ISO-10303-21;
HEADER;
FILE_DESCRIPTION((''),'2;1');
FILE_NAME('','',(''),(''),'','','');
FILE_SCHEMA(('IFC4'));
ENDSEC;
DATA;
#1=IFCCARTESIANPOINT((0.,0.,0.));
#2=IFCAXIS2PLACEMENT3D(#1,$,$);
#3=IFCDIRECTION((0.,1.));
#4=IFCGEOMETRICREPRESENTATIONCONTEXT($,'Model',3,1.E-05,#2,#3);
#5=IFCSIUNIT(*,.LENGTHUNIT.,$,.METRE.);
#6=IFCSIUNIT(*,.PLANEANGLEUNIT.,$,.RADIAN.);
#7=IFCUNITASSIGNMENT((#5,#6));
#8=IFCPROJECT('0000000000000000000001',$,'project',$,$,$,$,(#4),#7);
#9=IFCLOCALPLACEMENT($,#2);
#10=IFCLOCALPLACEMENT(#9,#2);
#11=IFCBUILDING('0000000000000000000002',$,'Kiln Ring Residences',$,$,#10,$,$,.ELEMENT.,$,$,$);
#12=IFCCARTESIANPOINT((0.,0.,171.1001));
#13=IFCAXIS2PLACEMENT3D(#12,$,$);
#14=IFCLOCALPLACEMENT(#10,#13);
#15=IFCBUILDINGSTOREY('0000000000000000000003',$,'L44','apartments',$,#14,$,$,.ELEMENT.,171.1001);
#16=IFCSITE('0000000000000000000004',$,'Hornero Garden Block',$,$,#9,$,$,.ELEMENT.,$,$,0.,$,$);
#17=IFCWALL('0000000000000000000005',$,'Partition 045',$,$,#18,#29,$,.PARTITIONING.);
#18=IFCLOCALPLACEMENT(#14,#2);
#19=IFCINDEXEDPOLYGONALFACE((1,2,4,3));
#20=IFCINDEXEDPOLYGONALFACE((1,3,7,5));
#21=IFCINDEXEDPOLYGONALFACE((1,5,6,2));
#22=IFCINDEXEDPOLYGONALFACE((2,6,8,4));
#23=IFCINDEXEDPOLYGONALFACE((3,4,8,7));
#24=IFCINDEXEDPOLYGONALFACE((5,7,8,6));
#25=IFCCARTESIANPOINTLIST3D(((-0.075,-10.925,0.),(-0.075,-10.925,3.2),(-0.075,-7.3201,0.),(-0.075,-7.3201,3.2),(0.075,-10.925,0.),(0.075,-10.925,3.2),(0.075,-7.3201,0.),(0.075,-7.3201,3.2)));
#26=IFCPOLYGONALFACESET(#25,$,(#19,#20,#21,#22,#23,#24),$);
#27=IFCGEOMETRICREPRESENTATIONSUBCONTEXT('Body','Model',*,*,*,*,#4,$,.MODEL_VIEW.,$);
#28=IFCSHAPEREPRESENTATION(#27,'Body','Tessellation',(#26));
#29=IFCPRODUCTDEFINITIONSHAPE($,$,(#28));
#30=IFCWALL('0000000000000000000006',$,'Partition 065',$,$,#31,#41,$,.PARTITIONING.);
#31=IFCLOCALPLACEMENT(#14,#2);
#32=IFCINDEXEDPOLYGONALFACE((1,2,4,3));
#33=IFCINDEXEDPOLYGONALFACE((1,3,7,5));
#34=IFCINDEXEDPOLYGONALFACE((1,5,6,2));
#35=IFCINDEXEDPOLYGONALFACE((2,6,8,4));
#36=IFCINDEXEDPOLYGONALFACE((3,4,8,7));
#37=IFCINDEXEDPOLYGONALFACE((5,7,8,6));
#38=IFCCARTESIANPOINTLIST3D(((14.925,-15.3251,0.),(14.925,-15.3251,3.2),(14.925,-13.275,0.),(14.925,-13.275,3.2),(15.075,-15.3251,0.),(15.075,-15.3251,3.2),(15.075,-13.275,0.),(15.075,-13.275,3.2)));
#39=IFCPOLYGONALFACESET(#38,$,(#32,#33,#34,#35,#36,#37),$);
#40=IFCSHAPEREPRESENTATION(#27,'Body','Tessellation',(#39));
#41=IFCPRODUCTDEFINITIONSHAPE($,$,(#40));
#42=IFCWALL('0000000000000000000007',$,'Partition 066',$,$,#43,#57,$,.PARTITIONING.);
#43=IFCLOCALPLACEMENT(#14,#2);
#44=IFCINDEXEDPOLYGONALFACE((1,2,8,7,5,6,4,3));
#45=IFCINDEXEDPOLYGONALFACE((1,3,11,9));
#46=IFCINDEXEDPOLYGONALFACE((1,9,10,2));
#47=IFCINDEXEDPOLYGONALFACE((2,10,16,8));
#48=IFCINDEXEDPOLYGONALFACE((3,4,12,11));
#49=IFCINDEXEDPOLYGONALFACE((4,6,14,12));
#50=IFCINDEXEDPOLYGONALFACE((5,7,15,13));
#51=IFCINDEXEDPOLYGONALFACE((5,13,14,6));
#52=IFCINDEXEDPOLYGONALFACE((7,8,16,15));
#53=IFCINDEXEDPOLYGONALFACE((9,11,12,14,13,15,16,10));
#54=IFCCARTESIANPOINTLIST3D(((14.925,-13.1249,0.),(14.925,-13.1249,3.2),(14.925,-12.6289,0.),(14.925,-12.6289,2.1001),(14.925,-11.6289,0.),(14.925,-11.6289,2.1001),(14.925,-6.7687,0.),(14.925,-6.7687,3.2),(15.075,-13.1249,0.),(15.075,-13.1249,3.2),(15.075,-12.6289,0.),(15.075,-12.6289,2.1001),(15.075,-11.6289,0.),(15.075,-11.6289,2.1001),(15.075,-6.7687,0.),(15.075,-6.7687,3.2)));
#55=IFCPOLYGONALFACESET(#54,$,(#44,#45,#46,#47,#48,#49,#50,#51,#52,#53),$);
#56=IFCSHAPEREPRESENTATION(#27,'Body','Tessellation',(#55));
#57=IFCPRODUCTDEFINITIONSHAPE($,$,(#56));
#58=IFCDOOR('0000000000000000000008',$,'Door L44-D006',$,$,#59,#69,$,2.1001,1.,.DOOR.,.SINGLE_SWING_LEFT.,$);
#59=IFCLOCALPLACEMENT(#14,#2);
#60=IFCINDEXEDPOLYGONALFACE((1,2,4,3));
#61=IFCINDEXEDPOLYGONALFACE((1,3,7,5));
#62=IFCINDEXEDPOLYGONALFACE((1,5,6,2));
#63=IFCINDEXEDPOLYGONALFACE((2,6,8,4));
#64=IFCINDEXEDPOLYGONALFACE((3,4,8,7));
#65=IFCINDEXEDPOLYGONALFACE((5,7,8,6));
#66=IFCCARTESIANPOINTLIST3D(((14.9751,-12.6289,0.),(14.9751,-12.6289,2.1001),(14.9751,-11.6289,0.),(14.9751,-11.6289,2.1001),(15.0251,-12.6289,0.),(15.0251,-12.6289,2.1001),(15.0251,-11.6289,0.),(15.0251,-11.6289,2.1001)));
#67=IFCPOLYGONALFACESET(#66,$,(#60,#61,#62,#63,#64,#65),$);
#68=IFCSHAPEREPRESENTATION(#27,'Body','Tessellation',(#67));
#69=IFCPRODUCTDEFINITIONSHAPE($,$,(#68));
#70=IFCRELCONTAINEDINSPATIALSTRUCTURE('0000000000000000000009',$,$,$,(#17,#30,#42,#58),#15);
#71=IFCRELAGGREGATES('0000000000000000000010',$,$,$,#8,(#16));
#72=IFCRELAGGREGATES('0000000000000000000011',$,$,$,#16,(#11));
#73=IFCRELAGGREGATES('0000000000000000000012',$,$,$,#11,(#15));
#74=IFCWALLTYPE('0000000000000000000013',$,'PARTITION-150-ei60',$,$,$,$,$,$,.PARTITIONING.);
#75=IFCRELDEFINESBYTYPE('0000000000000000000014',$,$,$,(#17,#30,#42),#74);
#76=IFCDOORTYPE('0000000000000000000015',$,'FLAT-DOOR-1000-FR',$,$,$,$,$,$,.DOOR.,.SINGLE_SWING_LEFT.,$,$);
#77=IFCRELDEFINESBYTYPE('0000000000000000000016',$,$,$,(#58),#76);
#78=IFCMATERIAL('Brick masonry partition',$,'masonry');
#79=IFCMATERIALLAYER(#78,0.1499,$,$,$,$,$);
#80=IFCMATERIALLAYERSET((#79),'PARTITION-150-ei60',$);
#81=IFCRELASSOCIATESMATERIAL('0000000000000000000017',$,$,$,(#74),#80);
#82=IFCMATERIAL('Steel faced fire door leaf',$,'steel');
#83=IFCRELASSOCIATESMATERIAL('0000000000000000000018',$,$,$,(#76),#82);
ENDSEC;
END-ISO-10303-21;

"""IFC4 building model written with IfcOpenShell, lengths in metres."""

from ifc_helpers import new_model, si_unit, direction, frame, frame_2d, origin, place, context, subcontext, project, spatial, rectangle, extrude, material, layer, layer_set, type_object, element, fill, save


model = new_model("IFC4")

# Units and contexts
model_context = context("Model", 3, precision=1e-05, world=origin(), true_north=direction((0.0, 1.0)))
body_context = subcontext(model_context, "Body", "Model", "MODEL_VIEW")
ifc_project = project(units=[si_unit("LENGTHUNIT", "METRE"), si_unit("PLANEANGLEUNIT", "RADIAN")], contexts=[model_context])

# Site, building, storey
site_placement = place(None, origin())
site = spatial("IfcSite", under=ifc_project, at=site_placement, Name="Hornero Garden Block", CompositionType="ELEMENT", RefElevation=0.0)
building_placement = place(site_placement, origin())
building = spatial("IfcBuilding", under=site, at=building_placement, Name="Kiln Ring Residences", CompositionType="ELEMENT")
storey_placement = place(building_placement, frame((0.0, 0.0, 171.1001)))
storey = spatial("IfcBuildingStorey", under=building, at=storey_placement, Name="L44", Description="apartments", CompositionType="ELEMENT", Elevation=171.1001)

# Shared definitions
ifc_material_1 = material(Name="Brick masonry partition", Category="masonry")
ifc_layer_1 = layer(ifc_material_1, 0.1499)
ifc_layer_set_1 = layer_set([ifc_layer_1], Name="PARTITION-150-ei60")
wall_type_1 = type_object("IfcWallType", Name="PARTITION-150-ei60", PredefinedType="PARTITIONING", material=ifc_layer_set_1)
ifc_material_2 = material(Name="Steel faced fire door leaf", Category="steel")
door_type_1 = type_object("IfcDoorType", Name="FLAT-DOOR-1000-FR", OperationType="SINGLE_SWING_LEFT", PredefinedType="DOOR", material=ifc_material_2)

# Walls
wall_1_placement = place(storey_placement, frame((0.0, -10.925, 0.0), z_axis=(0.0, 0.0, 1.0), x_axis=(0.0, 1.0, 0.0)))
element("IfcWall", 1, at=wall_1_placement, inside=storey, type_object=wall_type_1, Name="Partition 045", PredefinedType="PARTITIONING", context=body_context, shape_type="SweptSolid", body=[
    extrude(rectangle(XDim=3.605, YDim=0.1499, at=frame_2d((1.8025, 0.0))), origin(), (0.0, 0.0, 1.0), 3.2),
])
wall_2_placement = place(storey_placement, frame((15.0, -15.325, 0.0), z_axis=(0.0, 0.0, 1.0), x_axis=(0.0, 1.0, 0.0)))
element("IfcWall", 2, at=wall_2_placement, inside=storey, type_object=wall_type_1, Name="Partition 065", PredefinedType="PARTITIONING", context=body_context, shape_type="SweptSolid", body=[
    extrude(rectangle(XDim=2.05, YDim=0.1499, at=frame_2d((1.0249, 0.0))), origin(), (0.0, 0.0, 1.0), 3.2),
])

# Wall, opening, door
wall_3_placement = place(storey_placement, frame((15.0, -13.125, 0.0), z_axis=(0.0, 0.0, 1.0), x_axis=(0.0, 1.0, 0.0)))
wall_3 = element("IfcWall", 3, at=wall_3_placement, inside=storey, type_object=wall_type_1, Name="Partition 066", PredefinedType="PARTITIONING", context=body_context, shape_type="SweptSolid", body=[
    extrude(rectangle(XDim=6.3562, YDim=0.1499, at=frame_2d((3.1782, 0.0))), origin(), (0.0, 0.0, 1.0), 3.2),
])
opening_1_placement = place(wall_3_placement, frame((0.4961, 0.0, 0.0)))
opening_1 = element("IfcOpeningElement", 4, at=opening_1_placement, cuts=wall_3, PredefinedType="OPENING", context=body_context, shape_type="SweptSolid", body=[
    extrude(rectangle(XDim=1.0, YDim=2.1001, at=frame_2d((0.5, 1.05))), frame((0.0, 0.085, 0.0), z_axis=(0.0, -1.0, 0.0), x_axis=(1.0, 0.0, 0.0)), (0.0, 0.0, 1.0), 0.1699),
])
door_1_placement = place(opening_1_placement, origin())
door_1 = element("IfcDoor", 5, at=door_1_placement, inside=storey, type_object=door_type_1, Name="Door L44-D006", OperationType="SINGLE_SWING_LEFT", OverallHeight=2.1001, OverallWidth=1.0, PredefinedType="DOOR", context=body_context, shape_type="SweptSolid", body=[
    extrude(rectangle(XDim=1.0, YDim=2.1001, at=frame_2d((0.5, 1.05))), frame((0.0, 0.0249, 0.0), z_axis=(0.0, -1.0, 0.0), x_axis=(1.0, 0.0, 0.0)), (0.0, 0.0, 1.0), 0.05),
])
fill(opening_1, door_1)

save(model, "model.ifc")
